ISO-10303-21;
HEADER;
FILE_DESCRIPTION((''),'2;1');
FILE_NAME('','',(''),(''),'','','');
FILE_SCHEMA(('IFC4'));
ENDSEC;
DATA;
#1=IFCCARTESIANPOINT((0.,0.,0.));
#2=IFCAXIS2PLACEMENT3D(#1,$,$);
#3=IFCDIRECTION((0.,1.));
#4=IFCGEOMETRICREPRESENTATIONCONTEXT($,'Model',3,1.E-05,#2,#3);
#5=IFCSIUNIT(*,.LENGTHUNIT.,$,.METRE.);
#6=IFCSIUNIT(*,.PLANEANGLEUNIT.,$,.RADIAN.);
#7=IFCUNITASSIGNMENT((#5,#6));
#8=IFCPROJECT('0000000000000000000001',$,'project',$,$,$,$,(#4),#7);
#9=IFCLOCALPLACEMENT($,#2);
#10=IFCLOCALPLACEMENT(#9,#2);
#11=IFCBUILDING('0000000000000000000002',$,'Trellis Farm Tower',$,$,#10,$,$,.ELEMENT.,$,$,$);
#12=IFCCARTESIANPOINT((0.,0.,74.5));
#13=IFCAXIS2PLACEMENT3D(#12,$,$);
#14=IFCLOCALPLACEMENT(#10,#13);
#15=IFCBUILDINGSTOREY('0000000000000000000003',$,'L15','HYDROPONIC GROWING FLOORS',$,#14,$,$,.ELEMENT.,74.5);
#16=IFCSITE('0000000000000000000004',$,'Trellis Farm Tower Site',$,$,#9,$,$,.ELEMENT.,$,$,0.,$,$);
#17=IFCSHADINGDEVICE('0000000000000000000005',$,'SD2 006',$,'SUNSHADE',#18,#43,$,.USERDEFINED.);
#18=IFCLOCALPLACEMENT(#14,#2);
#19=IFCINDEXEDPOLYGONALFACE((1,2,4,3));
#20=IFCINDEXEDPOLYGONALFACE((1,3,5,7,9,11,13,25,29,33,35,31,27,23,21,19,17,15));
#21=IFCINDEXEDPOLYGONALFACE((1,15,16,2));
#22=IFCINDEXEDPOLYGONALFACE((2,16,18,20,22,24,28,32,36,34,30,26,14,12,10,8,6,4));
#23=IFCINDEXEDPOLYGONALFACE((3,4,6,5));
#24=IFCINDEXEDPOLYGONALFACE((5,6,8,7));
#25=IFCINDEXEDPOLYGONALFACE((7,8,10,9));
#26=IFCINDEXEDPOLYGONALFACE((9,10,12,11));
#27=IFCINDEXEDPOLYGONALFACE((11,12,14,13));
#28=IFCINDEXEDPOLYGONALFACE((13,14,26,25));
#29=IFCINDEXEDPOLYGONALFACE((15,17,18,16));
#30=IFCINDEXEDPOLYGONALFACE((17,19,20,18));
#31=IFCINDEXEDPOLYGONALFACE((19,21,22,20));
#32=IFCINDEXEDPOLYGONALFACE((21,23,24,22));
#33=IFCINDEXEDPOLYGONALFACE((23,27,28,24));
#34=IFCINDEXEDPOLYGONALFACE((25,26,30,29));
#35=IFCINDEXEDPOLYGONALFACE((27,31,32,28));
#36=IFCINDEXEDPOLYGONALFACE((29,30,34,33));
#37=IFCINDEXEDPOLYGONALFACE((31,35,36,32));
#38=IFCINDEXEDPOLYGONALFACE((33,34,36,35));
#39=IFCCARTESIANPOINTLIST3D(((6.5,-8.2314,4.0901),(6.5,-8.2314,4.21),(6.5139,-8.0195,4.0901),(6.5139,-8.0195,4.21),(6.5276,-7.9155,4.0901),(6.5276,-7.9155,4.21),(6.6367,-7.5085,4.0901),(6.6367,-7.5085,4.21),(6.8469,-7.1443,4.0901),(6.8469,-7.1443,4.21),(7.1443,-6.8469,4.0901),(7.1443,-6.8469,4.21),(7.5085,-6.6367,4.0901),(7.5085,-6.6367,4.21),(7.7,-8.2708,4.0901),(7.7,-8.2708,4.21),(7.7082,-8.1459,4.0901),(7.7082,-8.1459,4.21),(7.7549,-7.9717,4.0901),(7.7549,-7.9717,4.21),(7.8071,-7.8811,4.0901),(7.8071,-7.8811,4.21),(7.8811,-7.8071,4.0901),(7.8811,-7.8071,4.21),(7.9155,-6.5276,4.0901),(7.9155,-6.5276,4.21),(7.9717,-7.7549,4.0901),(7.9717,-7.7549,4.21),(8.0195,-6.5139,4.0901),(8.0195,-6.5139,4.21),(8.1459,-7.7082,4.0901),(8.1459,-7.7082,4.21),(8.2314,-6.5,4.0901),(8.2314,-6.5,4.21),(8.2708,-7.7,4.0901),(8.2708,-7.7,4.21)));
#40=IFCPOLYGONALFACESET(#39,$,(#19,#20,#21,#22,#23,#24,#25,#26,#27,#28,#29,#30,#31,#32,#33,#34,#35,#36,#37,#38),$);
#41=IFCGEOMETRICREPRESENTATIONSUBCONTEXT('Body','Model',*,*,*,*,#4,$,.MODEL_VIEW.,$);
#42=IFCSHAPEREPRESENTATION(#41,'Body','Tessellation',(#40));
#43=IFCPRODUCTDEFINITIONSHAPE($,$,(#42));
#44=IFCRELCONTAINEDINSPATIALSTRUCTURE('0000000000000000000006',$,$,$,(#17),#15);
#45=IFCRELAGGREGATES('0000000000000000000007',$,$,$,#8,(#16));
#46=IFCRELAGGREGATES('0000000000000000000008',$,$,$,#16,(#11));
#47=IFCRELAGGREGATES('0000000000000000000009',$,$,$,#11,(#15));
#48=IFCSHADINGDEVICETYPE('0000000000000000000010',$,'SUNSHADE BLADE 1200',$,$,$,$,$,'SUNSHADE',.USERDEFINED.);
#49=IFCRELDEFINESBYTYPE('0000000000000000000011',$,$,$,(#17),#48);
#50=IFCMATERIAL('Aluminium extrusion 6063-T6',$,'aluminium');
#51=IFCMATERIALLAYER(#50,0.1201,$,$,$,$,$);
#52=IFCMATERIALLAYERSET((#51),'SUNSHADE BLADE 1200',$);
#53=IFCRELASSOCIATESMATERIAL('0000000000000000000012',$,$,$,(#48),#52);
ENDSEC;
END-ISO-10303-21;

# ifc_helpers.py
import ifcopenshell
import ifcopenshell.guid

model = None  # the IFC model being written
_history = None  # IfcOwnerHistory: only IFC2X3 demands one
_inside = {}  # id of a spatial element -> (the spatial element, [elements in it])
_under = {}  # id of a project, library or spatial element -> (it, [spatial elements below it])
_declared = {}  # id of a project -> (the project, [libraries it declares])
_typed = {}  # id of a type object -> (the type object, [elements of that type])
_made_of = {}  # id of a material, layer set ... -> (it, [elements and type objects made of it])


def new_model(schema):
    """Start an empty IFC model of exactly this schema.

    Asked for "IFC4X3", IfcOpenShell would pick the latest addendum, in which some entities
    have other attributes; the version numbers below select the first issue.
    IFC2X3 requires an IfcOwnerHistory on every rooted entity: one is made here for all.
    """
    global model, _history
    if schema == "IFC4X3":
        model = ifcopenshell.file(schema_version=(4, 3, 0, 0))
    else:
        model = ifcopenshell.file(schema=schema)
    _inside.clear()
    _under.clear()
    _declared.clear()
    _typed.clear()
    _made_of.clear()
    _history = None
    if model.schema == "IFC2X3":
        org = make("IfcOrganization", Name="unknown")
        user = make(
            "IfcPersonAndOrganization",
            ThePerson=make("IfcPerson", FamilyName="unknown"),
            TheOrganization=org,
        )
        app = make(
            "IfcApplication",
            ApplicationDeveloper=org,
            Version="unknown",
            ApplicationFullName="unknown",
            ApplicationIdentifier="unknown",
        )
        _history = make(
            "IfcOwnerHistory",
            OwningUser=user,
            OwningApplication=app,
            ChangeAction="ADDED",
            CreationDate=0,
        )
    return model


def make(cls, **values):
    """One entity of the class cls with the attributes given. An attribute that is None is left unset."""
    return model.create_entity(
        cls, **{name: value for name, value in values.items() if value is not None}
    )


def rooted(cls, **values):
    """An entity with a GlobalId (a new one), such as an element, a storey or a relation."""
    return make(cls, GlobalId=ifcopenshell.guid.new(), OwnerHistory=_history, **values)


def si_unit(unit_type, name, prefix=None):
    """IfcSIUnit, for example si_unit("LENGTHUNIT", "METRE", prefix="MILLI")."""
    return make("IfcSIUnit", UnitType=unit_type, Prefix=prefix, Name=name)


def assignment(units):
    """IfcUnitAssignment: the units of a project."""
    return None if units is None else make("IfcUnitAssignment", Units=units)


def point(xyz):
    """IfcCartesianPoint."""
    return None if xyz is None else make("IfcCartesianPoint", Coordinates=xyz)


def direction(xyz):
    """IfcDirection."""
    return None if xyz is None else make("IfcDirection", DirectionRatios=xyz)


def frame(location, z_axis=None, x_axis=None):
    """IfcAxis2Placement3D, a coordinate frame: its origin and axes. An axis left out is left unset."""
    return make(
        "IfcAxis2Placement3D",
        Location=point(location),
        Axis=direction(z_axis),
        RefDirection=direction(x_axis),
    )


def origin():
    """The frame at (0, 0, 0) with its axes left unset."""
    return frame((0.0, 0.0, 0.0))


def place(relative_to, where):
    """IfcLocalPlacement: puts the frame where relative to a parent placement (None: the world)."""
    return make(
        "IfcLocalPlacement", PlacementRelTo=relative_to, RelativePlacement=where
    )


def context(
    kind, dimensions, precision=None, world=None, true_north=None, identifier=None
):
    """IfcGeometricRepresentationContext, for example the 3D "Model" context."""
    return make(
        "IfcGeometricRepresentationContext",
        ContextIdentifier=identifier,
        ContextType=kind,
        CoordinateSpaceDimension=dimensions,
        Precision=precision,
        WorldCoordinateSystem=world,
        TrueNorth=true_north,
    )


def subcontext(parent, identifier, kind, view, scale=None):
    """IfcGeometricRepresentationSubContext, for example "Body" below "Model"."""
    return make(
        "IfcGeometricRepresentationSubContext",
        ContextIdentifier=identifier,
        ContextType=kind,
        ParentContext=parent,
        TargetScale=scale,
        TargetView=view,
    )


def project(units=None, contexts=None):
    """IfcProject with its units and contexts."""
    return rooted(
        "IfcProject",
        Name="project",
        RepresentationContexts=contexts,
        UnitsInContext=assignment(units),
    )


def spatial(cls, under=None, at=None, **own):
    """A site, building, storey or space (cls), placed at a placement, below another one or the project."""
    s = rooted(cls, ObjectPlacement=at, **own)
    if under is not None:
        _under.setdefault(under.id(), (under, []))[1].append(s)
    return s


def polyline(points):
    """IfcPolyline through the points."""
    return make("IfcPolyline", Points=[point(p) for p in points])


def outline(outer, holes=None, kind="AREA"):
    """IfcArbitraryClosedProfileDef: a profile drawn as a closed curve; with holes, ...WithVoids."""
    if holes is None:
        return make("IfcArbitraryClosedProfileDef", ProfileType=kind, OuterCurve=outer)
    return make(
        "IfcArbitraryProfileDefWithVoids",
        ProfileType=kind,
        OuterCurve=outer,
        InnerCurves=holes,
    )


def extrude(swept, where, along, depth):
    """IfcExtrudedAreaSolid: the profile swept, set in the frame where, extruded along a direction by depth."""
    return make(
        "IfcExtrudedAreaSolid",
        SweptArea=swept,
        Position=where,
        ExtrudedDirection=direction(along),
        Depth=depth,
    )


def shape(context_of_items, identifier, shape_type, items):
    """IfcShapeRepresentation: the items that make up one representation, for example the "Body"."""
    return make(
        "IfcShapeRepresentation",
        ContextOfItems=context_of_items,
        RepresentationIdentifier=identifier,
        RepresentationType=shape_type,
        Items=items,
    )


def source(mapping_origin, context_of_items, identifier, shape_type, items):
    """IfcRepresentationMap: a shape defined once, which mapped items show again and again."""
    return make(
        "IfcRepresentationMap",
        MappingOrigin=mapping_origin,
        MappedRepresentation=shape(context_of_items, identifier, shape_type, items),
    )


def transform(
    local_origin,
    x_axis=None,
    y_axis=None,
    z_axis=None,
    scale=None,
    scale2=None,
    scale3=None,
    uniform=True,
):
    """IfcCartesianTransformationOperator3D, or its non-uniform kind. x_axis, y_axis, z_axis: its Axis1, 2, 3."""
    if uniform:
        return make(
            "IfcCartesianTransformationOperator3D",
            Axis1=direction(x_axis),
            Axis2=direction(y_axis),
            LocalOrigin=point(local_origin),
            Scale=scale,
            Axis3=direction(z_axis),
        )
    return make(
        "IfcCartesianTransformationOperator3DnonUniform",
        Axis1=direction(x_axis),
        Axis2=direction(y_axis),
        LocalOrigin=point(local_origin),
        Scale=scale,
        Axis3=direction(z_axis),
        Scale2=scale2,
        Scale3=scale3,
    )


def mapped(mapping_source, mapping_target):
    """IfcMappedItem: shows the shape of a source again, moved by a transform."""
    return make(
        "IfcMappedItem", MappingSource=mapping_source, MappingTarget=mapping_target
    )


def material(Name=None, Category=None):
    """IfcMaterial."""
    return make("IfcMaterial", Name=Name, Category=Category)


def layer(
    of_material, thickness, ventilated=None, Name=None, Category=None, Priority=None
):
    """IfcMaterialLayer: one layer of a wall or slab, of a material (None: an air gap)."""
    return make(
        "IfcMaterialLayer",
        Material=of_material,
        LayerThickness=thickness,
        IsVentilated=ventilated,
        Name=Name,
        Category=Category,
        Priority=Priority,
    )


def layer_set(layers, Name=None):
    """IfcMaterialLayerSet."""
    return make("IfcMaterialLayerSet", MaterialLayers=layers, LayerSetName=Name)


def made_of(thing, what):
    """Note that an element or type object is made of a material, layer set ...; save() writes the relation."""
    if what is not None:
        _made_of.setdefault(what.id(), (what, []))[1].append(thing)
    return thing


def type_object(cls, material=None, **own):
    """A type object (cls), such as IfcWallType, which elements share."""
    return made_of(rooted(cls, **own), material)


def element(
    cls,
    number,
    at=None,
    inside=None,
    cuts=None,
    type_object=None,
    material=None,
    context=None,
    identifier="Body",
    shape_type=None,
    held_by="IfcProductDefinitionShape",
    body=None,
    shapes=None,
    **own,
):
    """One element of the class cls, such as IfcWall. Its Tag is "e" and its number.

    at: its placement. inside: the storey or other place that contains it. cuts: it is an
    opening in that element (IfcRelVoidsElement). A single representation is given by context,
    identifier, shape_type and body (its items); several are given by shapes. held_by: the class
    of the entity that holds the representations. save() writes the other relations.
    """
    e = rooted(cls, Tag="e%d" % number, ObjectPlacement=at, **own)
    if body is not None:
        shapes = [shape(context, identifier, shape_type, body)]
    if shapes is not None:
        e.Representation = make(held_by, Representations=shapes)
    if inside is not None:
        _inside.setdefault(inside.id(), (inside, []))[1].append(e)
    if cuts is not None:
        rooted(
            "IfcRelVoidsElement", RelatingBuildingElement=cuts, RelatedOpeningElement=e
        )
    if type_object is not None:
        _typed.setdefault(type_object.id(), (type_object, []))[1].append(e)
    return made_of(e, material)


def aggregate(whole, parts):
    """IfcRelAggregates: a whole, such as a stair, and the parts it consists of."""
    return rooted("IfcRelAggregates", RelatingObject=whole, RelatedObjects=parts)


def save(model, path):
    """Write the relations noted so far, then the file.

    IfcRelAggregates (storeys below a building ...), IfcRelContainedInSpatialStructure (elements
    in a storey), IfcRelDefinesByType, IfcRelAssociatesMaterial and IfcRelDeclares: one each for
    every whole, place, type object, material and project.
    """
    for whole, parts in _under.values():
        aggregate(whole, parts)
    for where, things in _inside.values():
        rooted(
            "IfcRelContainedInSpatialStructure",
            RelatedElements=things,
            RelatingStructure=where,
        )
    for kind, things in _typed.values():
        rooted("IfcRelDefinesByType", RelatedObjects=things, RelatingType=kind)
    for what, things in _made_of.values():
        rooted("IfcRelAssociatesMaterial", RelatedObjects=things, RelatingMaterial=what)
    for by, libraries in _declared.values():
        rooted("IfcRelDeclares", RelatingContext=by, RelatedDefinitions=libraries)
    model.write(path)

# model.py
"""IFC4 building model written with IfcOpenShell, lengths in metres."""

from ifc_helpers import new_model, si_unit, direction, frame, origin, place, context, subcontext, project, spatial, polyline, outline, extrude, source, transform, mapped, material, layer, layer_set, type_object, element, save


model = new_model("IFC4")

# Units and contexts
model_context = context("Model", 3, precision=1e-05, world=origin(), true_north=direction((0.0, 1.0)))
body_context = subcontext(model_context, "Body", "Model", "MODEL_VIEW")
ifc_project = project(units=[si_unit("LENGTHUNIT", "METRE"), si_unit("PLANEANGLEUNIT", "RADIAN")], contexts=[model_context])

# Site, building, storey
site_placement = place(None, origin())
site = spatial("IfcSite", under=ifc_project, at=site_placement, Name="Trellis Farm Tower Site", CompositionType="ELEMENT", RefElevation=0.0)
building_placement = place(site_placement, origin())
building = spatial("IfcBuilding", under=site, at=building_placement, Name="Trellis Farm Tower", CompositionType="ELEMENT")
storey_placement = place(building_placement, frame((0.0, 0.0, 74.5)))
storey = spatial("IfcBuildingStorey", under=building, at=storey_placement, Name="L15", Description="HYDROPONIC GROWING FLOORS", CompositionType="ELEMENT", Elevation=74.5)

# Shared definitions
ifc_material_1 = material(Name="Aluminium extrusion 6063-T6", Category="aluminium")

# Shading device
ifc_layer_1 = layer(ifc_material_1, 0.1201)
ifc_layer_set_1 = layer_set([ifc_layer_1], Name="SUNSHADE BLADE 1200")
shading_device_type = type_object("IfcShadingDeviceType", Name="SUNSHADE BLADE 1200", ElementType="SUNSHADE", PredefinedType="USERDEFINED", material=ifc_layer_set_1)
shared_shape_1 = source(origin(), body_context, "Body", "SweptSolid", [
    extrude(outline(polyline([(7.7, -8.2708), (7.7087, -8.1372), (7.707, -8.1501), (7.7549, -7.9717), (7.8071, -7.8811), (7.8811, -7.8071), (7.9717, -7.7549), (8.1501, -7.707), (8.1372, -7.7087), (8.2708, -7.7), (8.2314, -6.5), (8.0195, -6.5139), (7.9155, -6.5276), (7.5085, -6.6367), (7.1443, -6.8469), (6.8469, -7.1443), (6.6367, -7.5085), (6.5276, -7.9155), (6.5139, -8.0195), (6.5, -8.2314), (7.7, -8.2708)])), origin(), (0.0, 0.0, 1.0), 0.1199),
])
shading_device_placement = place(storey_placement, frame((0.0, 0.0, 4.0901)))
element("IfcShadingDevice", 1, at=shading_device_placement, inside=storey, type_object=shading_device_type, Name="SD2 006", ObjectType="SUNSHADE", PredefinedType="USERDEFINED", context=body_context, shape_type="MappedRepresentation", body=[
    mapped(shared_shape_1, transform((0.0, 0.0, 0.0))),
])

save(model, "model.ifc")
